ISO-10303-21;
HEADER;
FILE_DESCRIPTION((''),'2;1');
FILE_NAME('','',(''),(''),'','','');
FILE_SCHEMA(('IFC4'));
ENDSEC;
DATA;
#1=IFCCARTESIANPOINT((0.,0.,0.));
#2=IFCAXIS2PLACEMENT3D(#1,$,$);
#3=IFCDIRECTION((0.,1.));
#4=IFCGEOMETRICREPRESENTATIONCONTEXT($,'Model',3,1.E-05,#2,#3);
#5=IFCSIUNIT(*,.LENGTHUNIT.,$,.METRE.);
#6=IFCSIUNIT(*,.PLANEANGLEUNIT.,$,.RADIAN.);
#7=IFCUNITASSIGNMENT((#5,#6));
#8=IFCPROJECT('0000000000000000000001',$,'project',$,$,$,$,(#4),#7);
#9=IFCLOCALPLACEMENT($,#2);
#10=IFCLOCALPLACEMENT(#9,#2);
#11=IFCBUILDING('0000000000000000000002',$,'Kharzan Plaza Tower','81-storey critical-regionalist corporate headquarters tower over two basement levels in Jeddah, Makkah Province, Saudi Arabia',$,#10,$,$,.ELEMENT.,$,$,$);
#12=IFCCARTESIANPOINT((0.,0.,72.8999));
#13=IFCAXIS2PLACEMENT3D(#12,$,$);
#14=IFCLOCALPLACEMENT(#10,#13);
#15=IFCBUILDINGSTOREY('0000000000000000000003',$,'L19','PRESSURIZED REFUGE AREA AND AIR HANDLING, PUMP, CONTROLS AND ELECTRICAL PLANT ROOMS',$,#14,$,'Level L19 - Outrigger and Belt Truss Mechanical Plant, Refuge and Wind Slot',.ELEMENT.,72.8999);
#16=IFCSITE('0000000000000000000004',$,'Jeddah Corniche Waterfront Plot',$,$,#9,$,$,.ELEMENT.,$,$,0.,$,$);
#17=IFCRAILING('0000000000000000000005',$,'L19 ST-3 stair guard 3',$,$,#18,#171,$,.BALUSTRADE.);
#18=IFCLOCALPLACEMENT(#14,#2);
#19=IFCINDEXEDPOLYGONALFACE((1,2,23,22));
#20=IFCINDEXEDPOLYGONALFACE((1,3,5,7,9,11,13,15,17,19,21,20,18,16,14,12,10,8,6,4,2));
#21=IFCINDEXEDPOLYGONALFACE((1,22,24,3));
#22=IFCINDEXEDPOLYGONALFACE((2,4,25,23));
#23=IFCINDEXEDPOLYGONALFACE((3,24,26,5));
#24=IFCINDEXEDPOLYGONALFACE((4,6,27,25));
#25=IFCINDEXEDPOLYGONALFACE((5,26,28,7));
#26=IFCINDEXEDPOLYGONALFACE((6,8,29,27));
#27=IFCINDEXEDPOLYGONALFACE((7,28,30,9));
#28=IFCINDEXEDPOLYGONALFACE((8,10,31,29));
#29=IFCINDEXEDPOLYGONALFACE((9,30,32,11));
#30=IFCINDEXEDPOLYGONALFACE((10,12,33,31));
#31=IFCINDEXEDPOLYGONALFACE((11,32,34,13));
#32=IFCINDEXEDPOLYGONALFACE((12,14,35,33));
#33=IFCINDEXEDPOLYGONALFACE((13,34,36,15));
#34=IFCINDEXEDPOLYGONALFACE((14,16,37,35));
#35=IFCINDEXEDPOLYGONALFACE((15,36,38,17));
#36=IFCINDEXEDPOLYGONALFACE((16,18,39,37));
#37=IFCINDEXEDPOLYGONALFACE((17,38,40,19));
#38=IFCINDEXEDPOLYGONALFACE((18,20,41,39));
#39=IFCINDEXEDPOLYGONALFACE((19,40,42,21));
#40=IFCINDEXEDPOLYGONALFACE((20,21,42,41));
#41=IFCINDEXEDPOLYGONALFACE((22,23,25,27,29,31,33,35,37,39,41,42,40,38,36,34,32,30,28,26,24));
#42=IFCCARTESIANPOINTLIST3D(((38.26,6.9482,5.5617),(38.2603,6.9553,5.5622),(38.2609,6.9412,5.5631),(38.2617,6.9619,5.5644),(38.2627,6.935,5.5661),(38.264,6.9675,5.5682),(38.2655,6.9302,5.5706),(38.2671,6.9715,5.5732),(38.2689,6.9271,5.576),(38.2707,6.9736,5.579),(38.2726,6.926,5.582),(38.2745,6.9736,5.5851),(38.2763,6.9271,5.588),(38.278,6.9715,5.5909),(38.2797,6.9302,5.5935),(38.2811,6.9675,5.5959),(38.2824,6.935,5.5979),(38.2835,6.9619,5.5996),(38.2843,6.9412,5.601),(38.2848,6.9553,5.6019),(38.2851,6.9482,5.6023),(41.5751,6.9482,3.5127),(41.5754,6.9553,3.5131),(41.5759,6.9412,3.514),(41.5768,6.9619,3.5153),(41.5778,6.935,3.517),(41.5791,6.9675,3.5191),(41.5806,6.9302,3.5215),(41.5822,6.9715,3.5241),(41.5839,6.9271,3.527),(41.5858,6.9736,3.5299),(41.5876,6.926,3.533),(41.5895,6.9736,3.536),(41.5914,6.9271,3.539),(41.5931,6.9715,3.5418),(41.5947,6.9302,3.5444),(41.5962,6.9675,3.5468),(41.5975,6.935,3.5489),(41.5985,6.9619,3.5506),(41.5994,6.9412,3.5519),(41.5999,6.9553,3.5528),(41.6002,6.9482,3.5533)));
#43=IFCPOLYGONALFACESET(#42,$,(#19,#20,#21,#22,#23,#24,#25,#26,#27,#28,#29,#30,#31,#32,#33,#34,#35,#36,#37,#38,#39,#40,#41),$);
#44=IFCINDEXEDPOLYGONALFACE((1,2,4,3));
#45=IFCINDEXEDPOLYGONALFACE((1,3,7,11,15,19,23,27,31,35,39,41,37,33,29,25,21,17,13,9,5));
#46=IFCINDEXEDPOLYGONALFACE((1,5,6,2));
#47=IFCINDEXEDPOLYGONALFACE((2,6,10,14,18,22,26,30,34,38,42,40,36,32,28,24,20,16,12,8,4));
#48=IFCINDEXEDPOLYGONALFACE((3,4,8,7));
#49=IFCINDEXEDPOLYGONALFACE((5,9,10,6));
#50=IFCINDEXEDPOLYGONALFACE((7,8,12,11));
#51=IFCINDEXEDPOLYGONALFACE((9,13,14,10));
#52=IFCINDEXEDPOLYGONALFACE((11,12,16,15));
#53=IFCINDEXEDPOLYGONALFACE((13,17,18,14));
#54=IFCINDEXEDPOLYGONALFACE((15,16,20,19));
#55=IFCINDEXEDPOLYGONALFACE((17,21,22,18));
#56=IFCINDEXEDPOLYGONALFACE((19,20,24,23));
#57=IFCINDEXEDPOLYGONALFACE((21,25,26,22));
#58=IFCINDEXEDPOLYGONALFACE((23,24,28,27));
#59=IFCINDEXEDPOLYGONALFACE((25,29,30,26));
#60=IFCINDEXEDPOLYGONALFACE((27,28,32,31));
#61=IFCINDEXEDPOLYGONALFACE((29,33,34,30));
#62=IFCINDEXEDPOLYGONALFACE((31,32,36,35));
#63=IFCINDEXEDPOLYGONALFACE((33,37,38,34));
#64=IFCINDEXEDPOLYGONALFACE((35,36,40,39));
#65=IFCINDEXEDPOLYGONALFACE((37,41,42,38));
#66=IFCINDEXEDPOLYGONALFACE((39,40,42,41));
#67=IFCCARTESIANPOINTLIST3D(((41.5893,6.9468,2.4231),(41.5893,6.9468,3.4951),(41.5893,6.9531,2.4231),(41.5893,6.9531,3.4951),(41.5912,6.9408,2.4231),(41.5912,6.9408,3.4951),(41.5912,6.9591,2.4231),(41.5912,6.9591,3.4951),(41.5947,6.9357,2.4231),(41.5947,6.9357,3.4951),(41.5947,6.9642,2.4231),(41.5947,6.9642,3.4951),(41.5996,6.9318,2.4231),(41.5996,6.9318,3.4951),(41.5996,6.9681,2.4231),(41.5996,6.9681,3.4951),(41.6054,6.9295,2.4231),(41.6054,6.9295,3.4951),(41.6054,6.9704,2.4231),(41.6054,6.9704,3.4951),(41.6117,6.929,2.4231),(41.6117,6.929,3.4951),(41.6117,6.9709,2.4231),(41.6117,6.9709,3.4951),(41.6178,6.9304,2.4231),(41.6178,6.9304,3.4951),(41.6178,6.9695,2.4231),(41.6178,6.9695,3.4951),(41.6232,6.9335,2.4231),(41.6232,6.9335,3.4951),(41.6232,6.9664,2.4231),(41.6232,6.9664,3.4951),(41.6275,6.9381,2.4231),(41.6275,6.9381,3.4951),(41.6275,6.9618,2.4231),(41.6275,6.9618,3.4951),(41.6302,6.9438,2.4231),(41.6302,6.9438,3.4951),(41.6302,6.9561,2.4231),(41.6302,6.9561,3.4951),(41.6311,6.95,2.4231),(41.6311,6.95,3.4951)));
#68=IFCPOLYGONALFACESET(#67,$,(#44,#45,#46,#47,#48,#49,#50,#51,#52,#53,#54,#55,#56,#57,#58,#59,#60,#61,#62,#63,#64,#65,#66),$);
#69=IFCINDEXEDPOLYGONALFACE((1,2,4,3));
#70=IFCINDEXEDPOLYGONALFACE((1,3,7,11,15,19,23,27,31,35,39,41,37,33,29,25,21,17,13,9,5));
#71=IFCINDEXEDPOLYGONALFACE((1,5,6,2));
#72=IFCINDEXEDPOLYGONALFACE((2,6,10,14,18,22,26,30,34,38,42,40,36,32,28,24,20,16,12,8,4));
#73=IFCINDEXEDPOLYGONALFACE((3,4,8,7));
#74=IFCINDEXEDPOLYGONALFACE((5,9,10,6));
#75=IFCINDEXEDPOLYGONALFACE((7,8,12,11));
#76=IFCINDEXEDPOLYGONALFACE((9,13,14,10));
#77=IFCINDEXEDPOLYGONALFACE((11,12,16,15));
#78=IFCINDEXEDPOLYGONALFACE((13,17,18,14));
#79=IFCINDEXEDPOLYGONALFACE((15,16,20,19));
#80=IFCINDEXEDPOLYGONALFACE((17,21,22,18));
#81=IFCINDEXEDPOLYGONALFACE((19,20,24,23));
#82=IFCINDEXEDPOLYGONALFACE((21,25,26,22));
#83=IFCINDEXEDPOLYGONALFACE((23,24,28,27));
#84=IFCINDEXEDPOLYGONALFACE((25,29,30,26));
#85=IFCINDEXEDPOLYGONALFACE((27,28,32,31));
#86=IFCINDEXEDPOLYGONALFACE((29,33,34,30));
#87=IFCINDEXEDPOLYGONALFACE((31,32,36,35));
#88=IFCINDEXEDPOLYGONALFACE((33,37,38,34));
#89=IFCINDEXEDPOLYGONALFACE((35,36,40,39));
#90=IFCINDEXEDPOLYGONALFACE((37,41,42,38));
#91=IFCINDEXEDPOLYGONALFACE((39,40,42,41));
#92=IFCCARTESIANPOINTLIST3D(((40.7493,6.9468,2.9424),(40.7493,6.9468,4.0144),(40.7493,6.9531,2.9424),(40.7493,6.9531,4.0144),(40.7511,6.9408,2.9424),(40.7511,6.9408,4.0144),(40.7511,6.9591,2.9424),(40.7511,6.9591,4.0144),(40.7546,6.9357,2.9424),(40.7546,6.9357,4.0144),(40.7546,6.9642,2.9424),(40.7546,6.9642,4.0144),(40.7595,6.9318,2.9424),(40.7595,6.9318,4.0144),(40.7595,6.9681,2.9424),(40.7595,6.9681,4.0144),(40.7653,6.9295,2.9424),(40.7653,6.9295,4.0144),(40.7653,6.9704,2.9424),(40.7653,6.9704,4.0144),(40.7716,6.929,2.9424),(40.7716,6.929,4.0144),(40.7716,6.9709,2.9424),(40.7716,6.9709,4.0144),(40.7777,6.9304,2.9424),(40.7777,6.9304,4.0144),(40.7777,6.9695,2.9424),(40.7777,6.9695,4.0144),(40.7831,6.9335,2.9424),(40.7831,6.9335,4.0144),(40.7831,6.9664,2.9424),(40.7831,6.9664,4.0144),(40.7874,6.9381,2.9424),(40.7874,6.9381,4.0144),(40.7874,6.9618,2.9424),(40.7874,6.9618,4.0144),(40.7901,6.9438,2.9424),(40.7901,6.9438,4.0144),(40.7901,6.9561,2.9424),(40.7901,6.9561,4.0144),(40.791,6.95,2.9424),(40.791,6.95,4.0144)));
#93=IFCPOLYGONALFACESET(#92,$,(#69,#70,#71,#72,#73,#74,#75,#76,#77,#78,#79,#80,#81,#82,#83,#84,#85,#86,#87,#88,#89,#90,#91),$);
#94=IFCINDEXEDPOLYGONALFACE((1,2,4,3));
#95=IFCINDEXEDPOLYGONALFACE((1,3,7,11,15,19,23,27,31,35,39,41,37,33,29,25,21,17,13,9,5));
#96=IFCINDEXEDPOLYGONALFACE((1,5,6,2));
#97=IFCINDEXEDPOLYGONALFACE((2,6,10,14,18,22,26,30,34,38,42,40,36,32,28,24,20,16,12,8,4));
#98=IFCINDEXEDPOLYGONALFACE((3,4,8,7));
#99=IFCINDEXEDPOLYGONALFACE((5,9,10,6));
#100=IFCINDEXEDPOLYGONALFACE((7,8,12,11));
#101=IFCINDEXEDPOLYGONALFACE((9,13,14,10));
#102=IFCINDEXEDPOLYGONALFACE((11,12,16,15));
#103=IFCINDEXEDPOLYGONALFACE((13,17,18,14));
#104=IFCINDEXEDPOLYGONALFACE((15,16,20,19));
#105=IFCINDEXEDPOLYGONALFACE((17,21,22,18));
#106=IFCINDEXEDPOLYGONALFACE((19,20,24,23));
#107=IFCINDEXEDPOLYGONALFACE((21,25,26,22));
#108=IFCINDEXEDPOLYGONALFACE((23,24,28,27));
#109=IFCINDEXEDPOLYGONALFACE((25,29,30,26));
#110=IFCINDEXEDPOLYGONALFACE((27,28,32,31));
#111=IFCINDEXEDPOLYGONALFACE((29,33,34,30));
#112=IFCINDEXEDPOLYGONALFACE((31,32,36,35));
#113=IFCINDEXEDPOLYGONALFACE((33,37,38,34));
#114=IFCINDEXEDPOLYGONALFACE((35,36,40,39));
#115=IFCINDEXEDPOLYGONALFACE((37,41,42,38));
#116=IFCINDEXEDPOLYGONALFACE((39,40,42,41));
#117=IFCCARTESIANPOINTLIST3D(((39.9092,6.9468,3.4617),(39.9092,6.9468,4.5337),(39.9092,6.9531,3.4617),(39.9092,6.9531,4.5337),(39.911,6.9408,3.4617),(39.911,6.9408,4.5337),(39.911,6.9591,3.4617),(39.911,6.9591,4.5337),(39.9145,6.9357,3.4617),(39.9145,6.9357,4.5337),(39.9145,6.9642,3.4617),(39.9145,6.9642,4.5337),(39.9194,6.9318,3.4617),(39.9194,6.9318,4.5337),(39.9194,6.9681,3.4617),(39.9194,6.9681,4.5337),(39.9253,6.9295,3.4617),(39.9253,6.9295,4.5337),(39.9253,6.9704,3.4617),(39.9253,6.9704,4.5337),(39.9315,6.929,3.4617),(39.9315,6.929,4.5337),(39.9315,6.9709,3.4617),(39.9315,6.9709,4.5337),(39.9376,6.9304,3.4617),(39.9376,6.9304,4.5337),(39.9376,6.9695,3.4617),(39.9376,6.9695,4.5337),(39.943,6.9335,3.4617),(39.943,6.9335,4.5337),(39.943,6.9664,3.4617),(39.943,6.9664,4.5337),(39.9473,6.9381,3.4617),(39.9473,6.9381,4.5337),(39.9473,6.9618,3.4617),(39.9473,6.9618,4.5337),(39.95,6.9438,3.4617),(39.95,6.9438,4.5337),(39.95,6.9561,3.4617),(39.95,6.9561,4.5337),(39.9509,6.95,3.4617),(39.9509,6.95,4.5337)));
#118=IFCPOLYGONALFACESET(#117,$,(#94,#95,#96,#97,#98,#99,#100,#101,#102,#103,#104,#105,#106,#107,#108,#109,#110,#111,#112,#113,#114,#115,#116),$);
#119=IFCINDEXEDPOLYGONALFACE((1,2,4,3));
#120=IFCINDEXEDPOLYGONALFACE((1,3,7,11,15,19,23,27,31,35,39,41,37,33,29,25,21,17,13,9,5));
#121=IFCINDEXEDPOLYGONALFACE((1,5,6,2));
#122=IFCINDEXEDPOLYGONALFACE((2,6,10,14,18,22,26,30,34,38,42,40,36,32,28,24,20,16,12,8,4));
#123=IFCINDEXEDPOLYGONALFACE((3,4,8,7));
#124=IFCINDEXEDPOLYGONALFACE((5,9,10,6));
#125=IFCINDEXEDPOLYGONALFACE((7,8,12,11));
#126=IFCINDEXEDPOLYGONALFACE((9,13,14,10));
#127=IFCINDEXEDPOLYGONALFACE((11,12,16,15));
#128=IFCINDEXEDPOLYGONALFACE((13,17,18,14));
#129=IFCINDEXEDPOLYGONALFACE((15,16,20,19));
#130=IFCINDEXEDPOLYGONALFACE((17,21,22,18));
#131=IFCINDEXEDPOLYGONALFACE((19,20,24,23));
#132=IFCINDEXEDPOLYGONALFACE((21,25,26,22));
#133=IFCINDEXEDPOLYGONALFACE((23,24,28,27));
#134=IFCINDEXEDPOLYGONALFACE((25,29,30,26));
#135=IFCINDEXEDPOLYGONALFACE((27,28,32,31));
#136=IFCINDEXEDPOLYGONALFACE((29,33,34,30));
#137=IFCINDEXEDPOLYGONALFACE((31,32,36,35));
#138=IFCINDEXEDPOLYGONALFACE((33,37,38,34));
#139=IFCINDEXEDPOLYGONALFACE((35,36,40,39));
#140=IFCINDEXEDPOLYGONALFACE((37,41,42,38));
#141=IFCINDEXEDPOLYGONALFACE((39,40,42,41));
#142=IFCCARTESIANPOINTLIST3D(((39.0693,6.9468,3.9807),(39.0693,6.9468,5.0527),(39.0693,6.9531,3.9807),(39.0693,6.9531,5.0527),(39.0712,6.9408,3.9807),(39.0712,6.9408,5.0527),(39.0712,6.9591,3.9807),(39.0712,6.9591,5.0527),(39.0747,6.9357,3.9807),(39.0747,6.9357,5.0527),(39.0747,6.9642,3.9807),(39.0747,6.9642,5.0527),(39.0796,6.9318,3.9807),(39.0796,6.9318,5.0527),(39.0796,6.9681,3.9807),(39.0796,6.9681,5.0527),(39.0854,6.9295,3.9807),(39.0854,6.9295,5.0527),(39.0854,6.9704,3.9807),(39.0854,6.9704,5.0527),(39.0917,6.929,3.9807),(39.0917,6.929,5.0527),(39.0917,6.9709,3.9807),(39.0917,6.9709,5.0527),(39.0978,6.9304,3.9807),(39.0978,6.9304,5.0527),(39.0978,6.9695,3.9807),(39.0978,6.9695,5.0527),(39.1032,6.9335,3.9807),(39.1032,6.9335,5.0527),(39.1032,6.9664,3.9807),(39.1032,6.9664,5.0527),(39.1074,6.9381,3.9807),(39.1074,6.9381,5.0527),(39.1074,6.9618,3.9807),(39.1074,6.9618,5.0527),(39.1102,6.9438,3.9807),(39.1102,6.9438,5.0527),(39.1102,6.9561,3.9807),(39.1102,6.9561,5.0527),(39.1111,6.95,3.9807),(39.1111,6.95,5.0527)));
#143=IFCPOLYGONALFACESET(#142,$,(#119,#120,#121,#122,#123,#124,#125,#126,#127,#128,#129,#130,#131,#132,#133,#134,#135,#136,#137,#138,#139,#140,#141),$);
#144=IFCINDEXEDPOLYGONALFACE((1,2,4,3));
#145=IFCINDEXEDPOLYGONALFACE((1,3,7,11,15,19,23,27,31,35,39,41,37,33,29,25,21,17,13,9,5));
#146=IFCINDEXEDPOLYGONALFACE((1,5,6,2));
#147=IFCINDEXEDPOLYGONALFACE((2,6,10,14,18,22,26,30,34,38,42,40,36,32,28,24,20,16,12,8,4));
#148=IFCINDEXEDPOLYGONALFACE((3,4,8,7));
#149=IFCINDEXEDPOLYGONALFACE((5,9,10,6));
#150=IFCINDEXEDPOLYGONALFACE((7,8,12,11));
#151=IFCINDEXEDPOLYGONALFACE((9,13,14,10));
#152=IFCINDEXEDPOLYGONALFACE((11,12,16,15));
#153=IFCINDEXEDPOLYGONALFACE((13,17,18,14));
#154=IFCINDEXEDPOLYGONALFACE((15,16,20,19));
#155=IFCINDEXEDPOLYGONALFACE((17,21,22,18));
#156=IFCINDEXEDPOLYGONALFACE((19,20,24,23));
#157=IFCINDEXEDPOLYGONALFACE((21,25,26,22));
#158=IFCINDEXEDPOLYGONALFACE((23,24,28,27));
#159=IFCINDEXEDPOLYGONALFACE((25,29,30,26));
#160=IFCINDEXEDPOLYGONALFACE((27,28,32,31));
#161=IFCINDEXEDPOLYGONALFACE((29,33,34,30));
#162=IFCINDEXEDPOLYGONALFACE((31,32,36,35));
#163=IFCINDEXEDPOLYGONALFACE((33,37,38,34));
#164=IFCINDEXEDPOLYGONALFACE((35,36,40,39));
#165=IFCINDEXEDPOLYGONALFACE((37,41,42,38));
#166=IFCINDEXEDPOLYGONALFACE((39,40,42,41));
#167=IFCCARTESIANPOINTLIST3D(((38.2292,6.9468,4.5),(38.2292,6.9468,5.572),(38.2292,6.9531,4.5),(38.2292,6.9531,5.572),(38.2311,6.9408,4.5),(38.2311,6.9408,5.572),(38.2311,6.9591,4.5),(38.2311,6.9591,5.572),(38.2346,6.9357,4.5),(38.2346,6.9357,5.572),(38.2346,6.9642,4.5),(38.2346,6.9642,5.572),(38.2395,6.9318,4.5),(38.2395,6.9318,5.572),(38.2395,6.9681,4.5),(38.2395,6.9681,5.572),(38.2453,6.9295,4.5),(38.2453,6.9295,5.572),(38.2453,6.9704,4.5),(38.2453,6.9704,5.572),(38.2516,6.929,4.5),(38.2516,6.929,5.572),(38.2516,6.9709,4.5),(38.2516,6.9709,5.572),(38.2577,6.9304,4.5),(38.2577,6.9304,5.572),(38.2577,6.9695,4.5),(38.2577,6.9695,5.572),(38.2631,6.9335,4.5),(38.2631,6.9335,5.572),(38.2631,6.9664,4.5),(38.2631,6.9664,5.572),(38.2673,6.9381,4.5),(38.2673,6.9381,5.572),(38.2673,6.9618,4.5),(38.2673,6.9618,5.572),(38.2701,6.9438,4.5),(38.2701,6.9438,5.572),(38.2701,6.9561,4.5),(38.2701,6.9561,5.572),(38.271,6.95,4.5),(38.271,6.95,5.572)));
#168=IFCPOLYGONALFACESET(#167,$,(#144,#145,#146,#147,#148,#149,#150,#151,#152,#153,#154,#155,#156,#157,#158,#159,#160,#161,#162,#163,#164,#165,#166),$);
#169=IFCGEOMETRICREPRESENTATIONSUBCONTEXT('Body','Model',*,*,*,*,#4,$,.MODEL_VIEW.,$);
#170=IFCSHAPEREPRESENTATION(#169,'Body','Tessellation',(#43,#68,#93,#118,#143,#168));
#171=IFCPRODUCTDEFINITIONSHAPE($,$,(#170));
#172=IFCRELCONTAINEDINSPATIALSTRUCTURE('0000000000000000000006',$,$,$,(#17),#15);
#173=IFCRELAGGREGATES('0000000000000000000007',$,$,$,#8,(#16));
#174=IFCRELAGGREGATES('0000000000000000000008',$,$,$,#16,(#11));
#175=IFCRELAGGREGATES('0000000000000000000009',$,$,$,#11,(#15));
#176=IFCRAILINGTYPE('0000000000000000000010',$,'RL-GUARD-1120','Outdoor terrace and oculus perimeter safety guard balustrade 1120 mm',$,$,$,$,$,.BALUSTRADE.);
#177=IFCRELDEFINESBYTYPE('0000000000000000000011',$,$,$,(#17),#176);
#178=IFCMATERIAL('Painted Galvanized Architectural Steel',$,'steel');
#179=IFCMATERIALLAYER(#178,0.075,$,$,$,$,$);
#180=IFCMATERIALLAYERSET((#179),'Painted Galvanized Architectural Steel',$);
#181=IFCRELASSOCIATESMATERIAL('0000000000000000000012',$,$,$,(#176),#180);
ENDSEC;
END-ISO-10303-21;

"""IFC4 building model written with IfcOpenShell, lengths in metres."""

from ifc_helpers import new_model, si_unit, direction, frame, origin, origin_2d, place, context, subcontext, project, spatial, circle, extrude, source, transform, mapped, material, layer, layer_set, type_object, element, save


model = new_model("IFC4")

# Units and contexts
model_context = context("Model", 3, precision=1e-05, world=origin(), true_north=direction((0.0, 1.0)))
body_context = subcontext(model_context, "Body", "Model", "MODEL_VIEW")
ifc_project = project(units=[si_unit("LENGTHUNIT", "METRE"), si_unit("PLANEANGLEUNIT", "RADIAN")], contexts=[model_context])

# Site, building, storey
site_placement = place(None, origin())
site = spatial("IfcSite", under=ifc_project, at=site_placement, Name="Jeddah Corniche Waterfront Plot", CompositionType="ELEMENT", RefElevation=0.0)
building_placement = place(site_placement, origin())
building = spatial("IfcBuilding", under=site, at=building_placement, Name="Kharzan Plaza Tower", Description="81-storey critical-regionalist corporate headquarters tower over two basement levels in Jeddah, Makkah Province, Saudi Arabia", CompositionType="ELEMENT")
storey_placement = place(building_placement, frame((0.0, 0.0, 72.8999)))
storey = spatial("IfcBuildingStorey", under=building, at=storey_placement, Name="L19", Description="PRESSURIZED REFUGE AREA AND AIR HANDLING, PUMP, CONTROLS AND ELECTRICAL PLANT ROOMS", LongName="Level L19 - Outrigger and Belt Truss Mechanical Plant, Refuge and Wind Slot", CompositionType="ELEMENT", Elevation=72.8999)

# Railing
ifc_material_1 = material(Name="Painted Galvanized Architectural Steel", Category="steel")
ifc_layer_1 = layer(ifc_material_1, 0.075)
ifc_layer_set_1 = layer_set([ifc_layer_1], Name="Painted Galvanized Architectural Steel")
railing_type_1 = type_object("IfcRailingType", Name="RL-GUARD-1120", Description="Outdoor terrace and oculus perimeter safety guard balustrade 1120 mm", PredefinedType="BALUSTRADE", material=ifc_layer_set_1)
shared_shape_1 = source(origin(), body_context, "Body", "SweptSolid", [
    extrude(circle(Radius=0.0239, at=origin_2d()), frame((-0.0225, 0.0, 1.1099), z_axis=(-0.850623, 0.0, 0.525776), x_axis=(0.0, -1.0, 0.0)), (0.0, 0.0, 1.0), 3.8972),
    extrude(circle(Radius=0.021, at=origin_2d()), origin(), (0.0, 0.0, 1.0), 1.072),
    extrude(circle(Radius=0.021, at=origin_2d()), frame((-0.8401, 0.0, 0.5193)), (0.0, 0.0, 1.0), 1.072),
    extrude(circle(Radius=0.021, at=origin_2d()), frame((-1.6802, 0.0, 1.0386)), (0.0, 0.0, 1.0), 1.072),
    extrude(circle(Radius=0.021, at=origin_2d()), frame((-2.52, 0.0, 1.5576)), (0.0, 0.0, 1.0), 1.072),
    extrude(circle(Radius=0.021, at=origin_2d()), frame((-3.3601, 0.0, 2.0769)), (0.0, 0.0, 1.0), 1.072),
])
railing_1_placement = place(storey_placement, frame((41.6101, 6.95, 2.4231)))
element("IfcRailing", 1, at=railing_1_placement, inside=storey, type_object=railing_type_1, Name="L19 ST-3 stair guard 3", PredefinedType="BALUSTRADE", context=body_context, shape_type="MappedRepresentation", body=[
    mapped(shared_shape_1, transform((0.0, 0.0, 0.0), x_axis=(1.0, 0.0, 0.0), y_axis=(0.0, 1.0, 0.0), z_axis=(0.0, 0.0, 1.0))),
])

save(model, "model.ifc")
